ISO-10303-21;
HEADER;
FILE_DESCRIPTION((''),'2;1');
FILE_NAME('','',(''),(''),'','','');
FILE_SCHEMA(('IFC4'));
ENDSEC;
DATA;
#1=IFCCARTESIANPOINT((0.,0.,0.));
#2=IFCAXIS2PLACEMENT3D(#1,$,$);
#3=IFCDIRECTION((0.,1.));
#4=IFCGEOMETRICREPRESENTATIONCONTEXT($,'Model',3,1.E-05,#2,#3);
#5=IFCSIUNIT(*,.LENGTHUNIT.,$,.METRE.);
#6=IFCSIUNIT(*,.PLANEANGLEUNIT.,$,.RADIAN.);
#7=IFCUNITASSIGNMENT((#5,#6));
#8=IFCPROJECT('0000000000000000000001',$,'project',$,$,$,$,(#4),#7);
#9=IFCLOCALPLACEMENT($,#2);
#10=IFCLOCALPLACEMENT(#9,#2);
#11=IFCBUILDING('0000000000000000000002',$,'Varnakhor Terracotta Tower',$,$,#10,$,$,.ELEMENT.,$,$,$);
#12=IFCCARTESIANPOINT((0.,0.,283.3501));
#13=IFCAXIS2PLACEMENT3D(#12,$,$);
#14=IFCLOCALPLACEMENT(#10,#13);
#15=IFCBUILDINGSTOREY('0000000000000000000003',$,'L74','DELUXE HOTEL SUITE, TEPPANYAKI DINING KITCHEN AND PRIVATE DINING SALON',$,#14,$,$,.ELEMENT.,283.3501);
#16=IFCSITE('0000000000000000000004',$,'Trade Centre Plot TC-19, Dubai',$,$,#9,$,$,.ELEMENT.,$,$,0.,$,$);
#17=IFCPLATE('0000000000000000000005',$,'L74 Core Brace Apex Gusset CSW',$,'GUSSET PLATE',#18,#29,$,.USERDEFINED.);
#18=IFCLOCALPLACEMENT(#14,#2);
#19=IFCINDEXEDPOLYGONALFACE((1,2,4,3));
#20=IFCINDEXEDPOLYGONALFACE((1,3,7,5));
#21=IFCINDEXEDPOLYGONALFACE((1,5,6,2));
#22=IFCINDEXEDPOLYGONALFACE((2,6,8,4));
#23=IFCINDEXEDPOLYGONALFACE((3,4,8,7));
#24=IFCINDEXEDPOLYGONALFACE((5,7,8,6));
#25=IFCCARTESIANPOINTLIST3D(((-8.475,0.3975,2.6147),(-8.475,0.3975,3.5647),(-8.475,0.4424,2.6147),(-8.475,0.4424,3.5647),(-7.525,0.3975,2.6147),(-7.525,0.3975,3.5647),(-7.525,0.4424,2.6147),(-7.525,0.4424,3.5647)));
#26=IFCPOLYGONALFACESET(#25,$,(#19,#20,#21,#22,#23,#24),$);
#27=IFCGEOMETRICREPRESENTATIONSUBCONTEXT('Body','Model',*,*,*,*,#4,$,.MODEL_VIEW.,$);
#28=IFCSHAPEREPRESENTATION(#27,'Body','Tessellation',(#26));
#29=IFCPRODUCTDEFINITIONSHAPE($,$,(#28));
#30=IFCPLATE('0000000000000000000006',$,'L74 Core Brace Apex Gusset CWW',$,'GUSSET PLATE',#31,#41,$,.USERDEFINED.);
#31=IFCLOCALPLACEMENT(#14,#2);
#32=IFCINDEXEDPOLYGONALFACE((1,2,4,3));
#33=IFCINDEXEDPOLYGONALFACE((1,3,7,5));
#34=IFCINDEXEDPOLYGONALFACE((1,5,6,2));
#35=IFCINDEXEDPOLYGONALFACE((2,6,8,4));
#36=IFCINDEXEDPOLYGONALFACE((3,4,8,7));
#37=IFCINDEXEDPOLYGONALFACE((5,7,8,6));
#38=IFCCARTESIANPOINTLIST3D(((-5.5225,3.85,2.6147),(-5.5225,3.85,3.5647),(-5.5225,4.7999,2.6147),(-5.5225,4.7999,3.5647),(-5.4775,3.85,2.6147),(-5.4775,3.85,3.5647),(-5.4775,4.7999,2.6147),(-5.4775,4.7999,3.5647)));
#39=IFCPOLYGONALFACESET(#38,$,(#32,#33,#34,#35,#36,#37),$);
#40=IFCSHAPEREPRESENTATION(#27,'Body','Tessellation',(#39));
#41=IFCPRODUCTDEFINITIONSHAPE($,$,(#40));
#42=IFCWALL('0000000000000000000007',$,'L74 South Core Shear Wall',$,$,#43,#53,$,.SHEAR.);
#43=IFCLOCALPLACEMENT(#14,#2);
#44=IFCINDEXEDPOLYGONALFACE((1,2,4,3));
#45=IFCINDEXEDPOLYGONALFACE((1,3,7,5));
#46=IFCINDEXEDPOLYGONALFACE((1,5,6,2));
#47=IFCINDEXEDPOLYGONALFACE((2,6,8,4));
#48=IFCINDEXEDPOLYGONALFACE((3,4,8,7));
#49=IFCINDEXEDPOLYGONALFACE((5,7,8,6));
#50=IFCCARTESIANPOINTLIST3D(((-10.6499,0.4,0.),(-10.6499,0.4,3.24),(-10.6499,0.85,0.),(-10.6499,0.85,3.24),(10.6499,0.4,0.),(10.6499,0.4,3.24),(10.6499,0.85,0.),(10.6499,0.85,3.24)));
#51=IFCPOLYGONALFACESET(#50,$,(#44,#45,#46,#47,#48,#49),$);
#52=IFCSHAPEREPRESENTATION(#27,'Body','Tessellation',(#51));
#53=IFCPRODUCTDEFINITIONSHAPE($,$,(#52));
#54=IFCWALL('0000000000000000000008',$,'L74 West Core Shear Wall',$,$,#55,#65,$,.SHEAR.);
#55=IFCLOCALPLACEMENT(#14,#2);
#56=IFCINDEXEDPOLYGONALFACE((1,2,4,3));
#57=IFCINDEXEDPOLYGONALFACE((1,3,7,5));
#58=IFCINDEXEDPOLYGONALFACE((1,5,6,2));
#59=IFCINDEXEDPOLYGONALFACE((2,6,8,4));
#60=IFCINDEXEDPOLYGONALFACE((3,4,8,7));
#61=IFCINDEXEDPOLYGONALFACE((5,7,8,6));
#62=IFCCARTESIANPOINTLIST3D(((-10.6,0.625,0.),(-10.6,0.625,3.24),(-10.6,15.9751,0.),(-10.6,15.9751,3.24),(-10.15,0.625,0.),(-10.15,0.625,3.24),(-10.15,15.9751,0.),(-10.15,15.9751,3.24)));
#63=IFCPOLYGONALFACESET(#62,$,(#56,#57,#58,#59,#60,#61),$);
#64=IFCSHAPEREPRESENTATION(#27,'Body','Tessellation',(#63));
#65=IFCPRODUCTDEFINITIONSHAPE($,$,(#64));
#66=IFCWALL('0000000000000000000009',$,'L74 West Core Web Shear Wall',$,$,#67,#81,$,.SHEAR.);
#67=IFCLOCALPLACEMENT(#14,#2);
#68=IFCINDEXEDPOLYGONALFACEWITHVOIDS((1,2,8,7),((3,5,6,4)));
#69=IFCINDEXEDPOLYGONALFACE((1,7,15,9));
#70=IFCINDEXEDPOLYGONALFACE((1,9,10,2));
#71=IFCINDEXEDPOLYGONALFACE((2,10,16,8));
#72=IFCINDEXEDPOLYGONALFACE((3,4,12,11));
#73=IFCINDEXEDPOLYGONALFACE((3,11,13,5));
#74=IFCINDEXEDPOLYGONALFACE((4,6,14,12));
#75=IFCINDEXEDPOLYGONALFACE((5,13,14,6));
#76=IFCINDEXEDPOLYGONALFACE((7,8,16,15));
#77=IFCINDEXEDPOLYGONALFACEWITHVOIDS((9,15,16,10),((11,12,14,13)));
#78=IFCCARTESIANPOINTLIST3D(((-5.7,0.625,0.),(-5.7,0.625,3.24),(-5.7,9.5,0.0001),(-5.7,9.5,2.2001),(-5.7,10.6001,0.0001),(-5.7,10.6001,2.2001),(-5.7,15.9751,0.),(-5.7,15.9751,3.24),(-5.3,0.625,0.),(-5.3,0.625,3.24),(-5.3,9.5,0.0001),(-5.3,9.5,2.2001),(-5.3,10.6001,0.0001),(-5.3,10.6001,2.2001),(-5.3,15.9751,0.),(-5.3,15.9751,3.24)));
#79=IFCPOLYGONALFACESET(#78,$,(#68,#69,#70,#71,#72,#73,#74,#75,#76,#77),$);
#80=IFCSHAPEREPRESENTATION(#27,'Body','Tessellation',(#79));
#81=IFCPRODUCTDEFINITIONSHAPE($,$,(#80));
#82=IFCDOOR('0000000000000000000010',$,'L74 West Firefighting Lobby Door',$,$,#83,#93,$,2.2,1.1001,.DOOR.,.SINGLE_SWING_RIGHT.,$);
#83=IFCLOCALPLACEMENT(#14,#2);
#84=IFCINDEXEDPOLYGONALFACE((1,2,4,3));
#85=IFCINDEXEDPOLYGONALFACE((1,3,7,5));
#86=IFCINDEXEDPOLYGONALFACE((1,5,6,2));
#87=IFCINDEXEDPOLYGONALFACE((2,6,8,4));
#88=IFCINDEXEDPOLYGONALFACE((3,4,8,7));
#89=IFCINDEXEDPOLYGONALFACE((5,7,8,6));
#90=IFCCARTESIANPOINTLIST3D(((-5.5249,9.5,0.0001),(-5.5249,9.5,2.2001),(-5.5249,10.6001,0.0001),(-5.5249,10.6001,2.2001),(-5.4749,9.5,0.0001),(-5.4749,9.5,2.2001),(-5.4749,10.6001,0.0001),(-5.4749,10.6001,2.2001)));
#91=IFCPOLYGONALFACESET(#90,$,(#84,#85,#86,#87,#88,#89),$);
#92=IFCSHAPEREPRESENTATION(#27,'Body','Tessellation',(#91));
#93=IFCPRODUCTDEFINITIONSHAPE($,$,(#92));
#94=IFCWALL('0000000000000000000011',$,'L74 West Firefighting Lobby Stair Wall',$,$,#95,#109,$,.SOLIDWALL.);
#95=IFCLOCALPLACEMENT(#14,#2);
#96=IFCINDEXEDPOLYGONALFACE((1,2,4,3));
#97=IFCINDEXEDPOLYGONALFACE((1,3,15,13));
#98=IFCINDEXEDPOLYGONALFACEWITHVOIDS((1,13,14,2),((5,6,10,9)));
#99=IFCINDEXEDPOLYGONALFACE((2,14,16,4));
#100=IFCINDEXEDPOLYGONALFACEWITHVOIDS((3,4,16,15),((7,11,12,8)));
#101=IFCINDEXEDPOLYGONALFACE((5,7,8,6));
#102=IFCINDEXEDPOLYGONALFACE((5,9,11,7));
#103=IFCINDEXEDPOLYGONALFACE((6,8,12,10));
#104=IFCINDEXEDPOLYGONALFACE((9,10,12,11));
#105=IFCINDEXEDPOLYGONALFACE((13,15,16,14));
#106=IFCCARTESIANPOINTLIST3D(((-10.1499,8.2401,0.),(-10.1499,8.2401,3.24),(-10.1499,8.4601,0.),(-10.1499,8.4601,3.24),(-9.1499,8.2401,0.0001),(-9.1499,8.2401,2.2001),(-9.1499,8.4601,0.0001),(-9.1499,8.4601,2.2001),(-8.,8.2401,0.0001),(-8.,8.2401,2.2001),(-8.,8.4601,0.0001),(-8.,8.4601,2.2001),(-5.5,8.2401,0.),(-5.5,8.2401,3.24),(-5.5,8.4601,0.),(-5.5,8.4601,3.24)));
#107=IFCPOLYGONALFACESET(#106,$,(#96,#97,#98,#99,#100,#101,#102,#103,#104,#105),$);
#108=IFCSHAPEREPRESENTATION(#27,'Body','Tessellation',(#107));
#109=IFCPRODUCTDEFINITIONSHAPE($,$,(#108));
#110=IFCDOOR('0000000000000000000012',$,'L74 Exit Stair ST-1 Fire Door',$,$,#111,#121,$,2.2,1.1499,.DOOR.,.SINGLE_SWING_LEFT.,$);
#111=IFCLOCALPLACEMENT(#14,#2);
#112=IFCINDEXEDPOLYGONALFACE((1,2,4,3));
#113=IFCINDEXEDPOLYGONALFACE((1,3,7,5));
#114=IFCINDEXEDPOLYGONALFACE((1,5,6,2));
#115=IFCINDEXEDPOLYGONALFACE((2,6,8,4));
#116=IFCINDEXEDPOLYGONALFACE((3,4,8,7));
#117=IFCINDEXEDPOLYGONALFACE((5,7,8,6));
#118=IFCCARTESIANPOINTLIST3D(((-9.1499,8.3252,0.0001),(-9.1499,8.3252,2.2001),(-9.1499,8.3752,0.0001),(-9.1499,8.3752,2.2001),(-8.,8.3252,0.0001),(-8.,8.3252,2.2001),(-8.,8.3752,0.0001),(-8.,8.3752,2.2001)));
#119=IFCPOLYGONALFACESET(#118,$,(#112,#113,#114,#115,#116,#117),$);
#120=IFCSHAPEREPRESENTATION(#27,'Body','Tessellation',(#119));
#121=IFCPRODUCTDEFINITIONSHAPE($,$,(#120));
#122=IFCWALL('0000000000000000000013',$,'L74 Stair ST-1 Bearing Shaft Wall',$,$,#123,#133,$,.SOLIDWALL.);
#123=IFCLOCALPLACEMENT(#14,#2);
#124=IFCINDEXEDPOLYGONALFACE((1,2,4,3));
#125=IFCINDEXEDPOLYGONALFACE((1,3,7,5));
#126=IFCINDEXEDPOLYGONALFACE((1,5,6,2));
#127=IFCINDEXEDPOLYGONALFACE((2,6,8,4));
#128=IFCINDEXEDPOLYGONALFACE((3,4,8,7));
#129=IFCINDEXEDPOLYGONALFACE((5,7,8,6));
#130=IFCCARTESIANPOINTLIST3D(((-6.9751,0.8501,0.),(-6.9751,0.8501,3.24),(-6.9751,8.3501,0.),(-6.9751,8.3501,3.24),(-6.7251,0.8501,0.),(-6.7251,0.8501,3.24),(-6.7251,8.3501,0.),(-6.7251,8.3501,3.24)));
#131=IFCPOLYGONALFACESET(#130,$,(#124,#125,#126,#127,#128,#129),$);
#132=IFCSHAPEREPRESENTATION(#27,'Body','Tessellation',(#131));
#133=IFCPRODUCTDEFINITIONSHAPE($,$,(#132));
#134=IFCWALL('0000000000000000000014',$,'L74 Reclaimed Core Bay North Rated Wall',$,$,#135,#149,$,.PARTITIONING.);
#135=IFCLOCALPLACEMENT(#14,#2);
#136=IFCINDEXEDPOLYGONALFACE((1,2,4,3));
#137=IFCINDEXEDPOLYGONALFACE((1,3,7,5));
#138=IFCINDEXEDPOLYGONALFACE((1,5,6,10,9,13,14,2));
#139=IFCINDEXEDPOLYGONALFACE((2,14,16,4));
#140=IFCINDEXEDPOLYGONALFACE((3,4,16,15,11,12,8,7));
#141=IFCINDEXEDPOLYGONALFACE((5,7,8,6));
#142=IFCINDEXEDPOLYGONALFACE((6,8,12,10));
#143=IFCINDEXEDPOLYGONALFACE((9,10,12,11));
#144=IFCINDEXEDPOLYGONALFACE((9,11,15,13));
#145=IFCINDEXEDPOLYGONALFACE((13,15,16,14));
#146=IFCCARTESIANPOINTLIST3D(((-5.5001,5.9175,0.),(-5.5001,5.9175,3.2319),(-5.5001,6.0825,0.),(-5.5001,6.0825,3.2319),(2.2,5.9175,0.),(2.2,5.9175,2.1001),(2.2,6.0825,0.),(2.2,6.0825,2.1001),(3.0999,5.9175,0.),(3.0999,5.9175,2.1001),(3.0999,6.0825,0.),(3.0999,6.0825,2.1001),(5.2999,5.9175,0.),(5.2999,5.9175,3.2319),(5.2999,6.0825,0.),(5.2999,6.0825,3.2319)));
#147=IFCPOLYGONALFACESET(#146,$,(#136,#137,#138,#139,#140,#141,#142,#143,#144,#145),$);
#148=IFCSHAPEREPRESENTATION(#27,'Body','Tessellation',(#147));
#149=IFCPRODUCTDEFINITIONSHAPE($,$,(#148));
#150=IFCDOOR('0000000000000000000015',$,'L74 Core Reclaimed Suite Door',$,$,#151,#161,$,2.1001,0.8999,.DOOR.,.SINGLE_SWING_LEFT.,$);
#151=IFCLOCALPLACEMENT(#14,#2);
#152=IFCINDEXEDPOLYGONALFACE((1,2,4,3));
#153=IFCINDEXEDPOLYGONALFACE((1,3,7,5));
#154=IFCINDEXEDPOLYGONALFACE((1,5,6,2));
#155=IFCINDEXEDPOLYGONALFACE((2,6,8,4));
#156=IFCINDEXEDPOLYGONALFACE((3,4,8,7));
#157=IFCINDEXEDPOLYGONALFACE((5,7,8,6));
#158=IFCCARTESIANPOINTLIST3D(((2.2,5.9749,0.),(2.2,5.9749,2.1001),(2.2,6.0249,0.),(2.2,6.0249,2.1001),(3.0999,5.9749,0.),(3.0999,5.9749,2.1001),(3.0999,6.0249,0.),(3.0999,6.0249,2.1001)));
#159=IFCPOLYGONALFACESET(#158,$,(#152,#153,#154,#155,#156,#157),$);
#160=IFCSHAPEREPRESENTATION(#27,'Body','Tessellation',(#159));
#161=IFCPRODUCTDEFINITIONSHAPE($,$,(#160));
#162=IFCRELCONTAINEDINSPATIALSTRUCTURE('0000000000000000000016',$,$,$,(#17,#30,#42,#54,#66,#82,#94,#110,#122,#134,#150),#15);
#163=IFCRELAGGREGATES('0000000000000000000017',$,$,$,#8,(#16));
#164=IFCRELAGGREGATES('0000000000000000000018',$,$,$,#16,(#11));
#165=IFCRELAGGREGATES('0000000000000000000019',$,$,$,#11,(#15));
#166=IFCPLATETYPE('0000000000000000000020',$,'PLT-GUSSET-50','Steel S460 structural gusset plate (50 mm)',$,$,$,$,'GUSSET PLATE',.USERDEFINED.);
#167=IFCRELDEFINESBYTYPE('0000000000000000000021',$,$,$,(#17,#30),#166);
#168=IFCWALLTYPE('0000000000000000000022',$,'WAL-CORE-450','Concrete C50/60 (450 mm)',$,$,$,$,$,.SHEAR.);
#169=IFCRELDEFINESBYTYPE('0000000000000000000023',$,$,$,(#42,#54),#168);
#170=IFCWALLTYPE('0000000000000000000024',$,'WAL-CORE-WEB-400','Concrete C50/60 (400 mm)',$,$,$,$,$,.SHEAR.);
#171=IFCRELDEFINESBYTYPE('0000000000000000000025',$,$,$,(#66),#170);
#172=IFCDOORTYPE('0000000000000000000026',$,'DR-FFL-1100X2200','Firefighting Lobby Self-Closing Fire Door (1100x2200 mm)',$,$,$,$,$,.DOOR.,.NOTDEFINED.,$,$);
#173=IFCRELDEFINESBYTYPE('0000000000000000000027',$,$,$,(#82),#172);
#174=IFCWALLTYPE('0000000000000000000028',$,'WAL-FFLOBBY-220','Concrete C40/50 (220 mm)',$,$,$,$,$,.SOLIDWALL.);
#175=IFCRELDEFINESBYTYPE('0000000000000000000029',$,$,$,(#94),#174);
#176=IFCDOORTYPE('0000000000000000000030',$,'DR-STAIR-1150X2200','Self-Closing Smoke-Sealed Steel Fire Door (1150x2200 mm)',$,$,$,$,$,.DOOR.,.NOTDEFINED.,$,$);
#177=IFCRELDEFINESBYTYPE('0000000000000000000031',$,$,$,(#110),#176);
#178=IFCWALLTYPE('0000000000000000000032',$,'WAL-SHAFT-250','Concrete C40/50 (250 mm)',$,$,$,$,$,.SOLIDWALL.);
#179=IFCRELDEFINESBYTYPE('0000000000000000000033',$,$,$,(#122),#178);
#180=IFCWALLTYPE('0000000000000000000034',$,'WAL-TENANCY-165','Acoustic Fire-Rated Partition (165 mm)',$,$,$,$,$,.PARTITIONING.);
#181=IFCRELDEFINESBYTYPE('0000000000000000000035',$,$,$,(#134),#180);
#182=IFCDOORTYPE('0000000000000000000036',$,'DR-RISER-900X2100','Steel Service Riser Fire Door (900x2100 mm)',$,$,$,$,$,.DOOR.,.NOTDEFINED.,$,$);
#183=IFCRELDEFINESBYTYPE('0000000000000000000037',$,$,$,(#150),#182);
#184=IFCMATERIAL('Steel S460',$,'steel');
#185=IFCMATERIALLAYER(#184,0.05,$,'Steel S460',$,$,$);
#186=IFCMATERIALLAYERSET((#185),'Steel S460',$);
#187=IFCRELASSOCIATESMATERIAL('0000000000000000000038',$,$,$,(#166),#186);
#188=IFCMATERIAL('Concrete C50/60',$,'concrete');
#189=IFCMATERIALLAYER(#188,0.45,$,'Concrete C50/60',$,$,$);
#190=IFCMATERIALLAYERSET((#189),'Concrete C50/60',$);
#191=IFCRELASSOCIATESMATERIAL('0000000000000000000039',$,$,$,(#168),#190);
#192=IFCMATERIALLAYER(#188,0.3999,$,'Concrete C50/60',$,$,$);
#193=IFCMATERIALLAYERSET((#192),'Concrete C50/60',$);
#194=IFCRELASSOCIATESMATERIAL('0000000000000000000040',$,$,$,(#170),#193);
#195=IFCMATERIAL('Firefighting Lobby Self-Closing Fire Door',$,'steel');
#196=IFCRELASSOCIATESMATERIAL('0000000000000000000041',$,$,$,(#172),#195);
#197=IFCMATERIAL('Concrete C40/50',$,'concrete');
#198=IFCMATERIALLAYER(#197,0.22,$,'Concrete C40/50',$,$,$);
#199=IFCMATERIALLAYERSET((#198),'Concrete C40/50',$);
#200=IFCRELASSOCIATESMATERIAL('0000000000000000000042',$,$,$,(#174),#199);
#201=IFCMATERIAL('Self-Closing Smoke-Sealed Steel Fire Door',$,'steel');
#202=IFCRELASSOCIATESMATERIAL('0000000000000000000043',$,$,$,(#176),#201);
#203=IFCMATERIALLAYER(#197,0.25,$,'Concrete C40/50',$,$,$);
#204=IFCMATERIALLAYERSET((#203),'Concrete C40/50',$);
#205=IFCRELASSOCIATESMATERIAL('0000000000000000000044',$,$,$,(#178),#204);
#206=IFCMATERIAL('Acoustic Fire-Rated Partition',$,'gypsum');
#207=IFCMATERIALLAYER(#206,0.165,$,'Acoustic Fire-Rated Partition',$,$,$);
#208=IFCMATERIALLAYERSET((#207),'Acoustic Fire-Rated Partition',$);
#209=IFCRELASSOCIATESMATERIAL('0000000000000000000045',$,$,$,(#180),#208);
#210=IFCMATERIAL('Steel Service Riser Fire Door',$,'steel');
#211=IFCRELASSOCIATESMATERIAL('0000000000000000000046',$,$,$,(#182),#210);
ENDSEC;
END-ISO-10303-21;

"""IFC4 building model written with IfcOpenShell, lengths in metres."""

from ifc_helpers import new_model, si_unit, direction, frame, frame_2d, origin, origin_2d, place, context, subcontext, project, spatial, rectangle, extrude, source, transform, mapped, material, layer, layer_set, type_object, type_shapes, element, fill, save


model = new_model("IFC4")

# Units and contexts
model_context = context("Model", 3, precision=1e-05, world=origin(), true_north=direction((0.0, 1.0)))
body_context = subcontext(model_context, "Body", "Model", "MODEL_VIEW")
ifc_project = project(units=[si_unit("LENGTHUNIT", "METRE"), si_unit("PLANEANGLEUNIT", "RADIAN")], contexts=[model_context])

# Site, building, storey
site_placement = place(None, origin())
site = spatial("IfcSite", under=ifc_project, at=site_placement, Name="Trade Centre Plot TC-19, Dubai", CompositionType="ELEMENT", RefElevation=0.0)
building_placement = place(site_placement, origin())
building = spatial("IfcBuilding", under=site, at=building_placement, Name="Varnakhor Terracotta Tower", CompositionType="ELEMENT")
storey_placement = place(building_placement, frame((0.0, 0.0, 283.3501)))
storey = spatial("IfcBuildingStorey", under=building, at=storey_placement, Name="L74", Description="DELUXE HOTEL SUITE, TEPPANYAKI DINING KITCHEN AND PRIVATE DINING SALON", CompositionType="ELEMENT", Elevation=283.3501)

# Shared definitions
ifc_material_1 = material(Name="Concrete C50/60", Category="concrete")

# Plates
ifc_material_2 = material(Name="Steel S460", Category="steel")
ifc_layer_1 = layer(ifc_material_2, 0.05, Name="Steel S460")
ifc_layer_set_1 = layer_set([ifc_layer_1], Name="Steel S460")
plate_type = type_object("IfcPlateType", Name="PLT-GUSSET-50", Description="Steel S460 structural gusset plate (50 mm)", ElementType="GUSSET PLATE", PredefinedType="USERDEFINED", material=ifc_layer_set_1)
shared_shape_1 = source(origin(), body_context, "Body", "SweptSolid", [
    extrude(rectangle(XDim=0.95, YDim=0.0449, at=origin_2d()), origin(), (0.0, 0.0, 1.0), 0.95),
])
for number, where, z_axis, x_axis, name in (
    (1, (-8.0, 0.4199, 2.6147), (0.0, 0.0, 1.0), (1.0, 0.0, 0.0), "L74 Core Brace Apex Gusset CSW"),
    (2, (-5.5, 4.325, 2.6147), (0.0, 0.0, 1.0), (0.0, 1.0, 0.0), "L74 Core Brace Apex Gusset CWW"),
):
    element("IfcPlate", number, at=place(storey_placement, frame(where, z_axis=z_axis, x_axis=x_axis)), inside=storey, type_object=plate_type, Name=name, ObjectType="GUSSET PLATE", PredefinedType="USERDEFINED", context=body_context, shape_type="MappedRepresentation", body=[
        mapped(shared_shape_1, transform((0.0, 0.0, 0.0), scale=1.0)),
    ])

# Walls
ifc_layer_2 = layer(ifc_material_1, 0.45, Name="Concrete C50/60")
ifc_layer_set_2 = layer_set([ifc_layer_2], Name="Concrete C50/60")
wall_type_1 = type_object("IfcWallType", Name="WAL-CORE-450", Description="Concrete C50/60 (450 mm)", PredefinedType="SHEAR", material=ifc_layer_set_2)
wall_1_placement = place(storey_placement, frame((-10.6499, 0.625, 0.0), z_axis=(0.0, 0.0, 1.0), x_axis=(1.0, 0.0, 0.0)))
element("IfcWall", 3, at=wall_1_placement, inside=storey, type_object=wall_type_1, Name="L74 South Core Shear Wall", PredefinedType="SHEAR", context=body_context, shape_type="SweptSolid", body=[
    extrude(rectangle(XDim=21.2998, YDim=0.45, at=frame_2d((10.6499, 0.0))), origin(), (0.0, 0.0, 1.0), 3.24),
])
wall_2_placement = place(storey_placement, frame((-10.375, 0.625, 0.0), z_axis=(0.0, 0.0, 1.0), x_axis=(0.0, 1.0, 0.0)))
element("IfcWall", 4, at=wall_2_placement, inside=storey, type_object=wall_type_1, Name="L74 West Core Shear Wall", PredefinedType="SHEAR", context=body_context, shape_type="SweptSolid", body=[
    extrude(rectangle(XDim=15.3501, YDim=0.45, at=frame_2d((7.675, 0.0))), origin(), (0.0, 0.0, 1.0), 3.24),
])

# Walls, openings, doors
ifc_layer_3 = layer(ifc_material_1, 0.3999, Name="Concrete C50/60")
ifc_layer_set_3 = layer_set([ifc_layer_3], Name="Concrete C50/60")
wall_type_2 = type_object("IfcWallType", Name="WAL-CORE-WEB-400", Description="Concrete C50/60 (400 mm)", PredefinedType="SHEAR", material=ifc_layer_set_3)
wall_3_placement = place(storey_placement, frame((-5.5, 0.625, 0.0), z_axis=(0.0, 0.0, 1.0), x_axis=(0.0, 1.0, 0.0)))
wall_3 = element("IfcWall", 5, at=wall_3_placement, inside=storey, type_object=wall_type_2, Name="L74 West Core Web Shear Wall", PredefinedType="SHEAR", context=body_context, shape_type="SweptSolid", body=[
    extrude(rectangle(XDim=15.3501, YDim=0.3999, at=frame_2d((7.675, 0.0))), origin(), (0.0, 0.0, 1.0), 3.24),
])
opening_1_placement = place(wall_3_placement, frame((8.875, 0.0, 0.0)))
opening_1 = element("IfcOpeningElement", 6, at=opening_1_placement, cuts=wall_3, PredefinedType="OPENING", context=body_context, shape_type="SweptSolid", body=[
    extrude(rectangle(XDim=1.1001, YDim=2.2, at=frame_2d((0.55, 1.1001))), frame((0.0, 0.21, 0.0), z_axis=(0.0, -1.0, 0.0), x_axis=(1.0, 0.0, 0.0)), (0.0, 0.0, 1.0), 0.4199),
])
ifc_material_3 = material(Name="Firefighting Lobby Self-Closing Fire Door", Category="steel")
door_type_1 = type_object("IfcDoorType", Name="DR-FFL-1100X2200", Description="Firefighting Lobby Self-Closing Fire Door (1100x2200 mm)", OperationType="NOTDEFINED", PredefinedType="DOOR", material=ifc_material_3)
shared_shape_2 = source(origin(), body_context, "Body", "SweptSolid", [
    extrude(rectangle(XDim=1.1001, YDim=2.2, at=frame_2d((0.55, 1.1001))), frame((0.0, 0.0249, 0.0), z_axis=(0.0, -1.0, 0.0), x_axis=(1.0, 0.0, 0.0)), (0.0, 0.0, 1.0), 0.05),
])
type_shapes(door_type_1, [shared_shape_2])
door_1_placement = place(opening_1_placement, origin())
door_1 = element("IfcDoor", 7, at=door_1_placement, inside=storey, type_object=door_type_1, Name="L74 West Firefighting Lobby Door", OperationType="SINGLE_SWING_RIGHT", OverallHeight=2.2, OverallWidth=1.1001, PredefinedType="DOOR", context=body_context, shape_type="MappedRepresentation", body=[
    mapped(shared_shape_2, transform((0.0, 0.0, 0.0), scale=1.0)),
])
fill(opening_1, door_1)
ifc_material_4 = material(Name="Concrete C40/50", Category="concrete")
ifc_layer_4 = layer(ifc_material_4, 0.22, Name="Concrete C40/50")
ifc_layer_set_4 = layer_set([ifc_layer_4], Name="Concrete C40/50")
wall_type_3 = type_object("IfcWallType", Name="WAL-FFLOBBY-220", Description="Concrete C40/50 (220 mm)", PredefinedType="SOLIDWALL", material=ifc_layer_set_4)
wall_4_placement = place(storey_placement, frame((-5.5, 8.3501, 0.0), z_axis=(0.0, 0.0, 1.0), x_axis=(-1.0, 0.0, 0.0)))
wall_4 = element("IfcWall", 8, at=wall_4_placement, inside=storey, type_object=wall_type_3, Name="L74 West Firefighting Lobby Stair Wall", PredefinedType="SOLIDWALL", context=body_context, shape_type="SweptSolid", body=[
    extrude(rectangle(XDim=4.6499, YDim=0.22, at=frame_2d((2.325, 0.0))), origin(), (0.0, 0.0, 1.0), 3.24),
])
opening_2_placement = place(wall_4_placement, frame((2.5, 0.0, 0.0)))
opening_2 = element("IfcOpeningElement", 9, at=opening_2_placement, cuts=wall_4, PredefinedType="OPENING", context=body_context, shape_type="SweptSolid", body=[
    extrude(rectangle(XDim=1.1499, YDim=2.2, at=frame_2d((0.575, 1.1001))), frame((0.0, 0.1201, 0.0), z_axis=(0.0, -1.0, 0.0), x_axis=(1.0, 0.0, 0.0)), (0.0, 0.0, 1.0), 0.24),
])
ifc_material_5 = material(Name="Self-Closing Smoke-Sealed Steel Fire Door", Category="steel")
door_type_2 = type_object("IfcDoorType", Name="DR-STAIR-1150X2200", Description="Self-Closing Smoke-Sealed Steel Fire Door (1150x2200 mm)", OperationType="NOTDEFINED", PredefinedType="DOOR", material=ifc_material_5)
shared_shape_3 = source(origin(), body_context, "Body", "SweptSolid", [
    extrude(rectangle(XDim=1.1499, YDim=2.2, at=frame_2d((0.575, 1.1001))), frame((0.0, 0.0249, 0.0), z_axis=(0.0, -1.0, 0.0), x_axis=(1.0, 0.0, 0.0)), (0.0, 0.0, 1.0), 0.05),
])
type_shapes(door_type_2, [shared_shape_3])
door_2_placement = place(opening_2_placement, origin())
door_2 = element("IfcDoor", 10, at=door_2_placement, inside=storey, type_object=door_type_2, Name="L74 Exit Stair ST-1 Fire Door", OperationType="SINGLE_SWING_LEFT", OverallHeight=2.2, OverallWidth=1.1499, PredefinedType="DOOR", context=body_context, shape_type="MappedRepresentation", body=[
    mapped(shared_shape_3, transform((0.0, 0.0, 0.0), scale=1.0)),
])
fill(opening_2, door_2)

# Wall
ifc_layer_5 = layer(ifc_material_4, 0.25, Name="Concrete C40/50")
ifc_layer_set_5 = layer_set([ifc_layer_5], Name="Concrete C40/50")
wall_type_4 = type_object("IfcWallType", Name="WAL-SHAFT-250", Description="Concrete C40/50 (250 mm)", PredefinedType="SOLIDWALL", material=ifc_layer_set_5)
wall_5_placement = place(storey_placement, frame((-6.8501, 0.8501, 0.0), z_axis=(0.0, 0.0, 1.0), x_axis=(0.0, 1.0, 0.0)))
element("IfcWall", 11, at=wall_5_placement, inside=storey, type_object=wall_type_4, Name="L74 Stair ST-1 Bearing Shaft Wall", PredefinedType="SOLIDWALL", context=body_context, shape_type="SweptSolid", body=[
    extrude(rectangle(XDim=7.5, YDim=0.25, at=frame_2d((3.75, 0.0))), origin(), (0.0, 0.0, 1.0), 3.24),
])

# Wall, opening, door
ifc_material_6 = material(Name="Acoustic Fire-Rated Partition", Category="gypsum")
ifc_layer_6 = layer(ifc_material_6, 0.165, Name="Acoustic Fire-Rated Partition")
ifc_layer_set_6 = layer_set([ifc_layer_6], Name="Acoustic Fire-Rated Partition")
wall_type_5 = type_object("IfcWallType", Name="WAL-TENANCY-165", Description="Acoustic Fire-Rated Partition (165 mm)", PredefinedType="PARTITIONING", material=ifc_layer_set_6)
wall_6_placement = place(storey_placement, frame((-5.5, 6.0, 0.0), z_axis=(0.0, 0.0, 1.0), x_axis=(1.0, 0.0, 0.0)))
wall_6 = element("IfcWall", 12, at=wall_6_placement, inside=storey, type_object=wall_type_5, Name="L74 Reclaimed Core Bay North Rated Wall", PredefinedType="PARTITIONING", context=body_context, shape_type="SweptSolid", body=[
    extrude(rectangle(XDim=10.8, YDim=0.165, at=frame_2d((5.3999, 0.0))), origin(), (0.0, 0.0, 1.0), 3.2319),
])
opening_3_placement = place(wall_6_placement, frame((7.7, 0.0, 0.0)))
opening_3 = element("IfcOpeningElement", 13, at=opening_3_placement, cuts=wall_6, PredefinedType="OPENING", context=body_context, shape_type="SweptSolid", body=[
    extrude(rectangle(XDim=0.8999, YDim=2.1001, at=frame_2d((0.45, 1.05))), frame((0.0, 0.0925, 0.0), z_axis=(0.0, -1.0, 0.0), x_axis=(1.0, 0.0, 0.0)), (0.0, 0.0, 1.0), 0.1851),
])
ifc_material_7 = material(Name="Steel Service Riser Fire Door", Category="steel")
door_type_3 = type_object("IfcDoorType", Name="DR-RISER-900X2100", Description="Steel Service Riser Fire Door (900x2100 mm)", OperationType="NOTDEFINED", PredefinedType="DOOR", material=ifc_material_7)
shared_shape_4 = source(origin(), body_context, "Body", "SweptSolid", [
    extrude(rectangle(XDim=0.8999, YDim=2.1001, at=frame_2d((0.45, 1.05))), frame((0.0, 0.0249, 0.0), z_axis=(0.0, -1.0, 0.0), x_axis=(1.0, 0.0, 0.0)), (0.0, 0.0, 1.0), 0.05),
])
type_shapes(door_type_3, [shared_shape_4])
door_3_placement = place(opening_3_placement, origin())
door_3 = element("IfcDoor", 14, at=door_3_placement, inside=storey, type_object=door_type_3, Name="L74 Core Reclaimed Suite Door", OperationType="SINGLE_SWING_LEFT", OverallHeight=2.1001, OverallWidth=0.8999, PredefinedType="DOOR", context=body_context, shape_type="MappedRepresentation", body=[
    mapped(shared_shape_4, transform((0.0, 0.0, 0.0), scale=1.0)),
])
fill(opening_3, door_3)

save(model, "model.ifc")
